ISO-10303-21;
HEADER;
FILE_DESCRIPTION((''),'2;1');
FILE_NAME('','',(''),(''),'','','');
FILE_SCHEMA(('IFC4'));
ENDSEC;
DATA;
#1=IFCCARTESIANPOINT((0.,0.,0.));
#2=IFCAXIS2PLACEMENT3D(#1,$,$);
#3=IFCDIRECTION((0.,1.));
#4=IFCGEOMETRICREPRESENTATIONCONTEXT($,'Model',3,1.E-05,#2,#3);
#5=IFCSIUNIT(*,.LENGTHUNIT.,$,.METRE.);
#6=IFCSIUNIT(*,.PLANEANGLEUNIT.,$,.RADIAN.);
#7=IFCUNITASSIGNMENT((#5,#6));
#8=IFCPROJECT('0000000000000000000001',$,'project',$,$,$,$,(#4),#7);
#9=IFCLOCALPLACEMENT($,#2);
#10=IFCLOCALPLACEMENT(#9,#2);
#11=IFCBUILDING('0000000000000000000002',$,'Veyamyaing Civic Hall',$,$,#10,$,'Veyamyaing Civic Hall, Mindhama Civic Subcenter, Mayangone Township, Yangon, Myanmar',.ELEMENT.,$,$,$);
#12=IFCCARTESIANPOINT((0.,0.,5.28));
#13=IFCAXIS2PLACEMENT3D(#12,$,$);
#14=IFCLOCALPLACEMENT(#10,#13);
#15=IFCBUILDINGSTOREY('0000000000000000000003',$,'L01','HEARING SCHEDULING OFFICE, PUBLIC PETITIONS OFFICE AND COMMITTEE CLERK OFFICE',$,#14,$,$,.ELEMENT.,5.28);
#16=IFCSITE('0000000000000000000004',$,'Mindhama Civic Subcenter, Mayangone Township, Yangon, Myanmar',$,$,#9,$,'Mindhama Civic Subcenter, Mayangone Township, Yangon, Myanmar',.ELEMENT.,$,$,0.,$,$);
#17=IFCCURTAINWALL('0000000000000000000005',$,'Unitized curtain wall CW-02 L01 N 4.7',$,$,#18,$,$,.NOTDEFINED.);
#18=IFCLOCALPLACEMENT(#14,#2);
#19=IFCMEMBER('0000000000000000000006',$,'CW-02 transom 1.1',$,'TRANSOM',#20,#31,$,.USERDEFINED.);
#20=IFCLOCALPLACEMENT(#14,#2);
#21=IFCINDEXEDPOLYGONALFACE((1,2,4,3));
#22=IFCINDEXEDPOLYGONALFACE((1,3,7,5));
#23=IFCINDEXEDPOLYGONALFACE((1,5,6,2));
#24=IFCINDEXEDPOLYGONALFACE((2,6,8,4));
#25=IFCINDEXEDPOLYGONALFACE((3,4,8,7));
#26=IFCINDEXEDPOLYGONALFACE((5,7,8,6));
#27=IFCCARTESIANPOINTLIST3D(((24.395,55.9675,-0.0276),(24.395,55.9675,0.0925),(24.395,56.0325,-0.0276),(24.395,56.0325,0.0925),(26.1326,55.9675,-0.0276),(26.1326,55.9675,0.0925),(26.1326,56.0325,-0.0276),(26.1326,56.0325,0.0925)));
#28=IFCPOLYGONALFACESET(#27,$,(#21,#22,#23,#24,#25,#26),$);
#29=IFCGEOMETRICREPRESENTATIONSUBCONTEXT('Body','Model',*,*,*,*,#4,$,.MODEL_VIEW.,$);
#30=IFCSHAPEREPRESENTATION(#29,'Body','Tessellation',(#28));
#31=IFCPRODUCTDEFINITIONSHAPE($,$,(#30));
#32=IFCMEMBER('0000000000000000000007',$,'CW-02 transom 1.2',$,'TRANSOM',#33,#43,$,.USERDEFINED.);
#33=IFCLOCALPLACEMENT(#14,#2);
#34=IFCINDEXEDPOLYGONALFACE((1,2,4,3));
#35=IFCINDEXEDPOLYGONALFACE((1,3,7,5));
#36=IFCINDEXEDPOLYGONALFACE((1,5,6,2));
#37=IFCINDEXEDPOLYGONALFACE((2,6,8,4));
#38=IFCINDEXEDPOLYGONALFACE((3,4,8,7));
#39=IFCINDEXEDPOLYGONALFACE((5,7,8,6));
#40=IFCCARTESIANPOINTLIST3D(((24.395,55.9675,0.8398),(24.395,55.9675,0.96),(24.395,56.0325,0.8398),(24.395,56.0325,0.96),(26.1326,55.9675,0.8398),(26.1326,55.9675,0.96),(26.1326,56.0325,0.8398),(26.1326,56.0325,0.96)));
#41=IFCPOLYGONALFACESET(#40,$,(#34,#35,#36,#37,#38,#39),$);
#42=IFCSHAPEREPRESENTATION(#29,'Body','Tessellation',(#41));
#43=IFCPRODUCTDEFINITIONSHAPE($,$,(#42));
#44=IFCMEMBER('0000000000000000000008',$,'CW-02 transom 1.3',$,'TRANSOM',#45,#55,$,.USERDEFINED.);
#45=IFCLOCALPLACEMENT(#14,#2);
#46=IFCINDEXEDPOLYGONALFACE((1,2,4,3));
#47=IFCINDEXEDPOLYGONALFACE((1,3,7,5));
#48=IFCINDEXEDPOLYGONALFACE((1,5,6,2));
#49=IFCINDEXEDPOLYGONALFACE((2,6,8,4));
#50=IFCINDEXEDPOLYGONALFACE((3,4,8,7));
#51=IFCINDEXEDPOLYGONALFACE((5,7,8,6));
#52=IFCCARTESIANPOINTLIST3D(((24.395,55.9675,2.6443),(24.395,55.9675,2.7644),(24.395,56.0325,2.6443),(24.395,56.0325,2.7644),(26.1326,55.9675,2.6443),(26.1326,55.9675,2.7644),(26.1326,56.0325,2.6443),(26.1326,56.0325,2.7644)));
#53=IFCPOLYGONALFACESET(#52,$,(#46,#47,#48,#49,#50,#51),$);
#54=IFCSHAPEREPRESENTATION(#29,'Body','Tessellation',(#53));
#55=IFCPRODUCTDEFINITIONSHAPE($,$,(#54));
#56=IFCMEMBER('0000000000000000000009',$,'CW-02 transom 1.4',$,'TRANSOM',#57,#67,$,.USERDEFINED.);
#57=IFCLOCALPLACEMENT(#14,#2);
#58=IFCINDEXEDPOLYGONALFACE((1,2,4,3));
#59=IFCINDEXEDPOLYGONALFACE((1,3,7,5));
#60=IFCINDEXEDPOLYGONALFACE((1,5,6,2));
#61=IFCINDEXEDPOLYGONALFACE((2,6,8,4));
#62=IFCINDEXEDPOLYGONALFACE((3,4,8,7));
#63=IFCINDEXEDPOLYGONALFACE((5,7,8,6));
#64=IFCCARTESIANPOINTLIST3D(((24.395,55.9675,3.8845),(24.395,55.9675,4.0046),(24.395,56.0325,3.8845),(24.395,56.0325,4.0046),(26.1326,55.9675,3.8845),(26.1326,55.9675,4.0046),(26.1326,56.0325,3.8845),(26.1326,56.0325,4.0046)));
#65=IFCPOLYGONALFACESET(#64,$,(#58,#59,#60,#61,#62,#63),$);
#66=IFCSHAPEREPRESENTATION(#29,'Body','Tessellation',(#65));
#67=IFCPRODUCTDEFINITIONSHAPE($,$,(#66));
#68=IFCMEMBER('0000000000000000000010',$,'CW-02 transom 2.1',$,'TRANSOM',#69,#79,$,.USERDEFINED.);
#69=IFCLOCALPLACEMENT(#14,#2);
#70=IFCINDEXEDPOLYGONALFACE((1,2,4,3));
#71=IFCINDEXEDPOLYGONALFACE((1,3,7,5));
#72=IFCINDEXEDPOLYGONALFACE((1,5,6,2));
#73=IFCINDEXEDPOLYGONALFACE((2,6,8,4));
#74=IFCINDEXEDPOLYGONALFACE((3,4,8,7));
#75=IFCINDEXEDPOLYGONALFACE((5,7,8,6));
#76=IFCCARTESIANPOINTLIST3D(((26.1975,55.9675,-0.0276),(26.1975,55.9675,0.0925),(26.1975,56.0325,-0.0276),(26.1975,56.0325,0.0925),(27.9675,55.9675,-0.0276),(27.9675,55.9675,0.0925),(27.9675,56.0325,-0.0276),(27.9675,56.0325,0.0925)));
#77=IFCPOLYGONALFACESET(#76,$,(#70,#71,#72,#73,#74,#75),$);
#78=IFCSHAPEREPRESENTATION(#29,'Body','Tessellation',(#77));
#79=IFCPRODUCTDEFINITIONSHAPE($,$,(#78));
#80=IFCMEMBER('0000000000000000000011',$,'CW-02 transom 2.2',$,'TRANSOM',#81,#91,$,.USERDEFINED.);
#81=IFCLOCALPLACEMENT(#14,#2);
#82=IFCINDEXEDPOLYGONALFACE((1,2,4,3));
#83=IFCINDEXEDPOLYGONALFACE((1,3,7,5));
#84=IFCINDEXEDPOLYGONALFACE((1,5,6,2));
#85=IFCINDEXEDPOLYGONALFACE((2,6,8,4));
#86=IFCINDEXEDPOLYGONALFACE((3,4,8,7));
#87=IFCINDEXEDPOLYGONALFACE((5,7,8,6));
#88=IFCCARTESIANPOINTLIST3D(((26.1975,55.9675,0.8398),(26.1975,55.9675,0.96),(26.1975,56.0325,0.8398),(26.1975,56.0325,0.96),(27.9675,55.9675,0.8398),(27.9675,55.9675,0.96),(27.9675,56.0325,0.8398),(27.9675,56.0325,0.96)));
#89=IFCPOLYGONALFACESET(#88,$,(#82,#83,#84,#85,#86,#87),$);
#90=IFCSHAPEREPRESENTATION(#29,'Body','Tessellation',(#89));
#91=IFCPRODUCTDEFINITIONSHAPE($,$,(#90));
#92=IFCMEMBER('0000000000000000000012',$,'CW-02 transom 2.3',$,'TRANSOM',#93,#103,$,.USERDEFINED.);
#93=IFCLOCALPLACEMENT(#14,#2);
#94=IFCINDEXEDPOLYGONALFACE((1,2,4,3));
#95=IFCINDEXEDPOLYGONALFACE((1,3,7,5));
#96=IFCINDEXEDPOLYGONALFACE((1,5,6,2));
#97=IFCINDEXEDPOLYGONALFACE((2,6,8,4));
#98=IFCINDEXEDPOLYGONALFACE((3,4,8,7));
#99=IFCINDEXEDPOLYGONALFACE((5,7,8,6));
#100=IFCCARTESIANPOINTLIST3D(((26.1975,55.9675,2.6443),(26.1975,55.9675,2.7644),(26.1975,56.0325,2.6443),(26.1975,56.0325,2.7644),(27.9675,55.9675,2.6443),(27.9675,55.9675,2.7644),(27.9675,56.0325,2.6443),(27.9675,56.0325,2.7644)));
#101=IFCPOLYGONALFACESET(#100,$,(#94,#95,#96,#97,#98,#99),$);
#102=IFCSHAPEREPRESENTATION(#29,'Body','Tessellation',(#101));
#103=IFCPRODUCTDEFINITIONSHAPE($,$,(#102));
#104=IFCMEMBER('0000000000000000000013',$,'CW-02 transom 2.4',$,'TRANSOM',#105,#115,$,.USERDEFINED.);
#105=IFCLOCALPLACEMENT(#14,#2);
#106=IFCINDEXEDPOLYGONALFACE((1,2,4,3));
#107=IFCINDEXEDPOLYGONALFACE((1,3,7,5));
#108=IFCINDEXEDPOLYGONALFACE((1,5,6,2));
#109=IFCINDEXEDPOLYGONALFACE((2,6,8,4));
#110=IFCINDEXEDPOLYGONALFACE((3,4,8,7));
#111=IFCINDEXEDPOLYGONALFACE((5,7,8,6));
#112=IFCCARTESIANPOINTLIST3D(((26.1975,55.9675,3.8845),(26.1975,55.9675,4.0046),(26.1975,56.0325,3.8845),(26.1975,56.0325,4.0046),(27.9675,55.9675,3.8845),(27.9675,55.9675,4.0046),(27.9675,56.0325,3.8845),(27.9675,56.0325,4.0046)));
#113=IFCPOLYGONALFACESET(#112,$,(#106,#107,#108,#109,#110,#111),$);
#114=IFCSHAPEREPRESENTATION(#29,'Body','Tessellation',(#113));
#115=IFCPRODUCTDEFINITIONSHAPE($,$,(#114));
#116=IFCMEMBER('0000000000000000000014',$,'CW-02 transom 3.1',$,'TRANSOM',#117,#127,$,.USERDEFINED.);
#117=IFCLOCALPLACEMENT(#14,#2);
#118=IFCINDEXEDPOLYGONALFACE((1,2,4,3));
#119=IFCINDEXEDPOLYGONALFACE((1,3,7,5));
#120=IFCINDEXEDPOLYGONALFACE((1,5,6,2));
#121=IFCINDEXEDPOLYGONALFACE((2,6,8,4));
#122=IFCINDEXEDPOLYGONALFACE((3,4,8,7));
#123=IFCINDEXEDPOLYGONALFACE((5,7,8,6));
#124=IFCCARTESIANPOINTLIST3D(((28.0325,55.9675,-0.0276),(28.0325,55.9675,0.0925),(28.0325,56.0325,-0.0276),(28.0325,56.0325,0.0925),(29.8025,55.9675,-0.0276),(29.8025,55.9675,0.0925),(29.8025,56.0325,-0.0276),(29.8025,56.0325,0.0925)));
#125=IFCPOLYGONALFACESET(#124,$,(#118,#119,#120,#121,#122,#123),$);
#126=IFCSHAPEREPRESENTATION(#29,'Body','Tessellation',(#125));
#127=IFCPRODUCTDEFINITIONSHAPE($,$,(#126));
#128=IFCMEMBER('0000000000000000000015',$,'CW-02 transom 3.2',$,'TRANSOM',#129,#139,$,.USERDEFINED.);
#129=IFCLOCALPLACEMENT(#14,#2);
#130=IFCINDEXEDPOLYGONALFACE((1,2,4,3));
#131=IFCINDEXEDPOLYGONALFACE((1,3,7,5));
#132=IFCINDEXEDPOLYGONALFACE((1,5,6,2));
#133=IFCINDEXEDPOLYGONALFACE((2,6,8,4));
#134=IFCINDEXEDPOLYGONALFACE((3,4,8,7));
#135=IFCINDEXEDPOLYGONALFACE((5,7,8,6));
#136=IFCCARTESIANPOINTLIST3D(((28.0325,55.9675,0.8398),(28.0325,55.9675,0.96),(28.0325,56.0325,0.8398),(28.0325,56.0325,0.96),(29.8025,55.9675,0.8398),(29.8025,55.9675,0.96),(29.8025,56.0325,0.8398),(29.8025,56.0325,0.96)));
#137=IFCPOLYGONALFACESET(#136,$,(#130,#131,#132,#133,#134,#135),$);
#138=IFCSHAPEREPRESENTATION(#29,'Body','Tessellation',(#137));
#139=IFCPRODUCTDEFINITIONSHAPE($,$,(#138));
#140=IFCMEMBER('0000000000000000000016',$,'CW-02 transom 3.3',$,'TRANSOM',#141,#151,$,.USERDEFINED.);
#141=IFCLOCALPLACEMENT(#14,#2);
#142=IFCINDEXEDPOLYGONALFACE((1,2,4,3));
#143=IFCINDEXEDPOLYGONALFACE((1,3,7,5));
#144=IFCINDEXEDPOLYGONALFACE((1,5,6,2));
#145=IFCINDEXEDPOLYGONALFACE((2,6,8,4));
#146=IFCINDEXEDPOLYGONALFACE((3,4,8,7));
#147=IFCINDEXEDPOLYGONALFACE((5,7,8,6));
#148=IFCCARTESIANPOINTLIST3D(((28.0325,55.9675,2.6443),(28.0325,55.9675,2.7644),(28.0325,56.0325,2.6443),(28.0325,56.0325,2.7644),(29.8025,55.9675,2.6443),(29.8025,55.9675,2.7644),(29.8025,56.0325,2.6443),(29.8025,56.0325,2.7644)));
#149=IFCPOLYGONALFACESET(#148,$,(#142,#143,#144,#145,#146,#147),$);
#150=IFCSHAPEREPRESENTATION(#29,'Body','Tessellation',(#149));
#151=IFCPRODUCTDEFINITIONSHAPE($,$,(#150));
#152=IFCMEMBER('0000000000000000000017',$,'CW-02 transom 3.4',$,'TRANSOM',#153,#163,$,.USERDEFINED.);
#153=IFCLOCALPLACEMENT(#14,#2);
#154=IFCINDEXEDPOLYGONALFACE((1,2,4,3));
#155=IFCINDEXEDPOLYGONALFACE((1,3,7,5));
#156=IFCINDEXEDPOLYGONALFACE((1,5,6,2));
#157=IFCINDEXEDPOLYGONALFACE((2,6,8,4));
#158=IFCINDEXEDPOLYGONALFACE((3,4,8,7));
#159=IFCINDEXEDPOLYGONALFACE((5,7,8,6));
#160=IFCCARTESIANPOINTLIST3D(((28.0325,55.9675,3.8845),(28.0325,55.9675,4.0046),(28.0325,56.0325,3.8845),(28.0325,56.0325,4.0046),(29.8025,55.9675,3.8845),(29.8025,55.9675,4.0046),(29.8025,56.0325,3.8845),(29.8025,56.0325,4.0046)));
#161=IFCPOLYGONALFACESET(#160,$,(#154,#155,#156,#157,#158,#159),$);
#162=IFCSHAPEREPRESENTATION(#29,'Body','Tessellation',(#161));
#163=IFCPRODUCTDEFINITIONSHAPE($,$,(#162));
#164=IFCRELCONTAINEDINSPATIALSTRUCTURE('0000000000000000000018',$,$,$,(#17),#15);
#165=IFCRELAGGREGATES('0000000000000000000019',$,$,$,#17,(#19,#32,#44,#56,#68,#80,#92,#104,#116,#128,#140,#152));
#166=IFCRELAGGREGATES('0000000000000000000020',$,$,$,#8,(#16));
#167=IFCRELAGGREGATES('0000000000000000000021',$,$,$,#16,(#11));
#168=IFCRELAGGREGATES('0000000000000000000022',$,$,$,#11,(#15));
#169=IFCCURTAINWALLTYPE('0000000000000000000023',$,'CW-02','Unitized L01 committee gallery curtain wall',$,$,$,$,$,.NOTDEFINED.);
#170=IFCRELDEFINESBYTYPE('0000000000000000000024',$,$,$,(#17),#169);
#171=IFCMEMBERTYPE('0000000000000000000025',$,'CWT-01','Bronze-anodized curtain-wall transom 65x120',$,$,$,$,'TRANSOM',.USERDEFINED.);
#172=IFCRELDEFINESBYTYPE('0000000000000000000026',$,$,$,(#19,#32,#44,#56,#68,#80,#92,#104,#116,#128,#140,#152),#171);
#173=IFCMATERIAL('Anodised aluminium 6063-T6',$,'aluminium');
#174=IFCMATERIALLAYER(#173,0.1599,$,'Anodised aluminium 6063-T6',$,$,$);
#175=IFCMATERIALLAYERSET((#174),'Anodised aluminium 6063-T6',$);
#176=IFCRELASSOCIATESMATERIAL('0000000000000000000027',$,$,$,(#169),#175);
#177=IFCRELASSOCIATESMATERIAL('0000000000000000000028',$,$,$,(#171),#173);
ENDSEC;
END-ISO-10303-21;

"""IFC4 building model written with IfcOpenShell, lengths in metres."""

from ifc_helpers import new_model, si_unit, direction, frame, origin, origin_2d, place, context, subcontext, project, spatial, rectangle, extrude, material, layer, layer_set, material_profile, profile_set, type_object, element, aggregate, save


model = new_model("IFC4")

# Units and contexts
model_context = context("Model", 3, precision=1e-05, world=origin(), true_north=direction((0.0, 1.0)))
body_context = subcontext(model_context, "Body", "Model", "MODEL_VIEW")
ifc_project = project(units=[si_unit("LENGTHUNIT", "METRE"), si_unit("PLANEANGLEUNIT", "RADIAN")], contexts=[model_context])

# Site, building, storey
site_placement = place(None, origin())
site = spatial("IfcSite", under=ifc_project, at=site_placement, Name="Mindhama Civic Subcenter, Mayangone Township, Yangon, Myanmar", LongName="Mindhama Civic Subcenter, Mayangone Township, Yangon, Myanmar", CompositionType="ELEMENT", RefElevation=0.0)
building_placement = place(site_placement, origin())
building = spatial("IfcBuilding", under=site, at=building_placement, Name="Veyamyaing Civic Hall", LongName="Veyamyaing Civic Hall, Mindhama Civic Subcenter, Mayangone Township, Yangon, Myanmar", CompositionType="ELEMENT")
storey_placement = place(building_placement, frame((0.0, 0.0, 5.28)))
storey = spatial("IfcBuildingStorey", under=building, at=storey_placement, Name="L01", Description="HEARING SCHEDULING OFFICE, PUBLIC PETITIONS OFFICE AND COMMITTEE CLERK OFFICE", CompositionType="ELEMENT", Elevation=5.28)

# Curtain wall
ifc_material_1 = material(Name="Anodised aluminium 6063-T6", Category="aluminium")
ifc_layer_1 = layer(ifc_material_1, 0.1599, Name="Anodised aluminium 6063-T6")
ifc_layer_set_1 = layer_set([ifc_layer_1], Name="Anodised aluminium 6063-T6")
curtain_wall_type = type_object("IfcCurtainWallType", Name="CW-02", Description="Unitized L01 committee gallery curtain wall", PredefinedType="NOTDEFINED", material=ifc_layer_set_1)
curtain_wall_1_placement = place(storey_placement, origin())
curtain_wall_1 = element("IfcCurtainWall", 1, at=curtain_wall_1_placement, inside=storey, type_object=curtain_wall_type, Name="Unitized curtain wall CW-02 L01 N 4.7", PredefinedType="NOTDEFINED")

# Members
ifc_material_profile_1 = material_profile(ifc_material_1, rectangle(XDim=0.0649, YDim=0.1201, at=origin_2d()), Name="ALU-TRN-65X120")
ifc_profile_set_1 = profile_set([ifc_material_profile_1], Name="Anodised aluminium 6063-T6")
member_type_1 = type_object("IfcMemberType", Name="CWT-01", Description="Bronze-anodized curtain-wall transom 65x120", ElementType="TRANSOM", PredefinedType="USERDEFINED", material=ifc_profile_set_1)
member_1_placement = place(storey_placement, frame((24.395, 56.0, 0.0325), z_axis=(1.0, 0.0, 0.0), x_axis=(0.0, 1.0, 0.0)))
member_1 = element("IfcMember", 2, at=member_1_placement, type_object=member_type_1, Name="CW-02 transom 1.1", ObjectType="TRANSOM", PredefinedType="USERDEFINED", context=body_context, shape_type="SweptSolid", body=[
    extrude(rectangle(XDim=0.0649, YDim=0.1201, at=origin_2d()), origin(), (0.0, 0.0, 1.0), 1.7375),
])
member_2_placement = place(storey_placement, frame((24.395, 56.0, 0.8999), z_axis=(1.0, 0.0, 0.0), x_axis=(0.0, 1.0, 0.0)))
member_2 = element("IfcMember", 3, at=member_2_placement, type_object=member_type_1, Name="CW-02 transom 1.2", ObjectType="TRANSOM", PredefinedType="USERDEFINED", context=body_context, shape_type="SweptSolid", body=[
    extrude(rectangle(XDim=0.0649, YDim=0.1201, at=origin_2d()), origin(), (0.0, 0.0, 1.0), 1.7375),
])
member_3_placement = place(storey_placement, frame((24.395, 56.0, 2.7043), z_axis=(1.0, 0.0, 0.0), x_axis=(0.0, 1.0, 0.0)))
member_3 = element("IfcMember", 4, at=member_3_placement, type_object=member_type_1, Name="CW-02 transom 1.3", ObjectType="TRANSOM", PredefinedType="USERDEFINED", context=body_context, shape_type="SweptSolid", body=[
    extrude(rectangle(XDim=0.0649, YDim=0.1201, at=origin_2d()), origin(), (0.0, 0.0, 1.0), 1.7375),
])
member_4_placement = place(storey_placement, frame((24.395, 56.0, 3.9446), z_axis=(1.0, 0.0, 0.0), x_axis=(0.0, 1.0, 0.0)))
member_4 = element("IfcMember", 5, at=member_4_placement, type_object=member_type_1, Name="CW-02 transom 1.4", ObjectType="TRANSOM", PredefinedType="USERDEFINED", context=body_context, shape_type="SweptSolid", body=[
    extrude(rectangle(XDim=0.0649, YDim=0.1201, at=origin_2d()), origin(), (0.0, 0.0, 1.0), 1.7375),
])
member_5_placement = place(storey_placement, frame((26.1975, 56.0, 0.0325), z_axis=(1.0, 0.0, 0.0), x_axis=(0.0, 1.0, 0.0)))
member_5 = element("IfcMember", 6, at=member_5_placement, type_object=member_type_1, Name="CW-02 transom 2.1", ObjectType="TRANSOM", PredefinedType="USERDEFINED", context=body_context, shape_type="SweptSolid", body=[
    extrude(rectangle(XDim=0.0649, YDim=0.1201, at=origin_2d()), origin(), (0.0, 0.0, 1.0), 1.77),
])
member_6_placement = place(storey_placement, frame((26.1975, 56.0, 0.8999), z_axis=(1.0, 0.0, 0.0), x_axis=(0.0, 1.0, 0.0)))
member_6 = element("IfcMember", 7, at=member_6_placement, type_object=member_type_1, Name="CW-02 transom 2.2", ObjectType="TRANSOM", PredefinedType="USERDEFINED", context=body_context, shape_type="SweptSolid", body=[
    extrude(rectangle(XDim=0.0649, YDim=0.1201, at=origin_2d()), origin(), (0.0, 0.0, 1.0), 1.77),
])
member_7_placement = place(storey_placement, frame((26.1975, 56.0, 2.7043), z_axis=(1.0, 0.0, 0.0), x_axis=(0.0, 1.0, 0.0)))
member_7 = element("IfcMember", 8, at=member_7_placement, type_object=member_type_1, Name="CW-02 transom 2.3", ObjectType="TRANSOM", PredefinedType="USERDEFINED", context=body_context, shape_type="SweptSolid", body=[
    extrude(rectangle(XDim=0.0649, YDim=0.1201, at=origin_2d()), origin(), (0.0, 0.0, 1.0), 1.77),
])
member_8_placement = place(storey_placement, frame((26.1975, 56.0, 3.9446), z_axis=(1.0, 0.0, 0.0), x_axis=(0.0, 1.0, 0.0)))
member_8 = element("IfcMember", 9, at=member_8_placement, type_object=member_type_1, Name="CW-02 transom 2.4", ObjectType="TRANSOM", PredefinedType="USERDEFINED", context=body_context, shape_type="SweptSolid", body=[
    extrude(rectangle(XDim=0.0649, YDim=0.1201, at=origin_2d()), origin(), (0.0, 0.0, 1.0), 1.77),
])
member_9_placement = place(storey_placement, frame((28.0325, 56.0, 0.0325), z_axis=(1.0, 0.0, 0.0), x_axis=(0.0, 1.0, 0.0)))
member_9 = element("IfcMember", 10, at=member_9_placement, type_object=member_type_1, Name="CW-02 transom 3.1", ObjectType="TRANSOM", PredefinedType="USERDEFINED", context=body_context, shape_type="SweptSolid", body=[
    extrude(rectangle(XDim=0.0649, YDim=0.1201, at=origin_2d()), origin(), (0.0, 0.0, 1.0), 1.77),
])
member_10_placement = place(storey_placement, frame((28.0325, 56.0, 0.8999), z_axis=(1.0, 0.0, 0.0), x_axis=(0.0, 1.0, 0.0)))
member_10 = element("IfcMember", 11, at=member_10_placement, type_object=member_type_1, Name="CW-02 transom 3.2", ObjectType="TRANSOM", PredefinedType="USERDEFINED", context=body_context, shape_type="SweptSolid", body=[
    extrude(rectangle(XDim=0.0649, YDim=0.1201, at=origin_2d()), origin(), (0.0, 0.0, 1.0), 1.77),
])
member_11_placement = place(storey_placement, frame((28.0325, 56.0, 2.7043), z_axis=(1.0, 0.0, 0.0), x_axis=(0.0, 1.0, 0.0)))
member_11 = element("IfcMember", 12, at=member_11_placement, type_object=member_type_1, Name="CW-02 transom 3.3", ObjectType="TRANSOM", PredefinedType="USERDEFINED", context=body_context, shape_type="SweptSolid", body=[
    extrude(rectangle(XDim=0.0649, YDim=0.1201, at=origin_2d()), origin(), (0.0, 0.0, 1.0), 1.77),
])
member_12_placement = place(storey_placement, frame((28.0325, 56.0, 3.9446), z_axis=(1.0, 0.0, 0.0), x_axis=(0.0, 1.0, 0.0)))
member_12 = element("IfcMember", 13, at=member_12_placement, type_object=member_type_1, Name="CW-02 transom 3.4", ObjectType="TRANSOM", PredefinedType="USERDEFINED", context=body_context, shape_type="SweptSolid", body=[
    extrude(rectangle(XDim=0.0649, YDim=0.1201, at=origin_2d()), origin(), (0.0, 0.0, 1.0), 1.77),
])

aggregate(curtain_wall_1, [member_1, member_2, member_3, member_4, member_5, member_6, member_7, member_8, member_9, member_10, member_11, member_12])

save(model, "model.ifc")
